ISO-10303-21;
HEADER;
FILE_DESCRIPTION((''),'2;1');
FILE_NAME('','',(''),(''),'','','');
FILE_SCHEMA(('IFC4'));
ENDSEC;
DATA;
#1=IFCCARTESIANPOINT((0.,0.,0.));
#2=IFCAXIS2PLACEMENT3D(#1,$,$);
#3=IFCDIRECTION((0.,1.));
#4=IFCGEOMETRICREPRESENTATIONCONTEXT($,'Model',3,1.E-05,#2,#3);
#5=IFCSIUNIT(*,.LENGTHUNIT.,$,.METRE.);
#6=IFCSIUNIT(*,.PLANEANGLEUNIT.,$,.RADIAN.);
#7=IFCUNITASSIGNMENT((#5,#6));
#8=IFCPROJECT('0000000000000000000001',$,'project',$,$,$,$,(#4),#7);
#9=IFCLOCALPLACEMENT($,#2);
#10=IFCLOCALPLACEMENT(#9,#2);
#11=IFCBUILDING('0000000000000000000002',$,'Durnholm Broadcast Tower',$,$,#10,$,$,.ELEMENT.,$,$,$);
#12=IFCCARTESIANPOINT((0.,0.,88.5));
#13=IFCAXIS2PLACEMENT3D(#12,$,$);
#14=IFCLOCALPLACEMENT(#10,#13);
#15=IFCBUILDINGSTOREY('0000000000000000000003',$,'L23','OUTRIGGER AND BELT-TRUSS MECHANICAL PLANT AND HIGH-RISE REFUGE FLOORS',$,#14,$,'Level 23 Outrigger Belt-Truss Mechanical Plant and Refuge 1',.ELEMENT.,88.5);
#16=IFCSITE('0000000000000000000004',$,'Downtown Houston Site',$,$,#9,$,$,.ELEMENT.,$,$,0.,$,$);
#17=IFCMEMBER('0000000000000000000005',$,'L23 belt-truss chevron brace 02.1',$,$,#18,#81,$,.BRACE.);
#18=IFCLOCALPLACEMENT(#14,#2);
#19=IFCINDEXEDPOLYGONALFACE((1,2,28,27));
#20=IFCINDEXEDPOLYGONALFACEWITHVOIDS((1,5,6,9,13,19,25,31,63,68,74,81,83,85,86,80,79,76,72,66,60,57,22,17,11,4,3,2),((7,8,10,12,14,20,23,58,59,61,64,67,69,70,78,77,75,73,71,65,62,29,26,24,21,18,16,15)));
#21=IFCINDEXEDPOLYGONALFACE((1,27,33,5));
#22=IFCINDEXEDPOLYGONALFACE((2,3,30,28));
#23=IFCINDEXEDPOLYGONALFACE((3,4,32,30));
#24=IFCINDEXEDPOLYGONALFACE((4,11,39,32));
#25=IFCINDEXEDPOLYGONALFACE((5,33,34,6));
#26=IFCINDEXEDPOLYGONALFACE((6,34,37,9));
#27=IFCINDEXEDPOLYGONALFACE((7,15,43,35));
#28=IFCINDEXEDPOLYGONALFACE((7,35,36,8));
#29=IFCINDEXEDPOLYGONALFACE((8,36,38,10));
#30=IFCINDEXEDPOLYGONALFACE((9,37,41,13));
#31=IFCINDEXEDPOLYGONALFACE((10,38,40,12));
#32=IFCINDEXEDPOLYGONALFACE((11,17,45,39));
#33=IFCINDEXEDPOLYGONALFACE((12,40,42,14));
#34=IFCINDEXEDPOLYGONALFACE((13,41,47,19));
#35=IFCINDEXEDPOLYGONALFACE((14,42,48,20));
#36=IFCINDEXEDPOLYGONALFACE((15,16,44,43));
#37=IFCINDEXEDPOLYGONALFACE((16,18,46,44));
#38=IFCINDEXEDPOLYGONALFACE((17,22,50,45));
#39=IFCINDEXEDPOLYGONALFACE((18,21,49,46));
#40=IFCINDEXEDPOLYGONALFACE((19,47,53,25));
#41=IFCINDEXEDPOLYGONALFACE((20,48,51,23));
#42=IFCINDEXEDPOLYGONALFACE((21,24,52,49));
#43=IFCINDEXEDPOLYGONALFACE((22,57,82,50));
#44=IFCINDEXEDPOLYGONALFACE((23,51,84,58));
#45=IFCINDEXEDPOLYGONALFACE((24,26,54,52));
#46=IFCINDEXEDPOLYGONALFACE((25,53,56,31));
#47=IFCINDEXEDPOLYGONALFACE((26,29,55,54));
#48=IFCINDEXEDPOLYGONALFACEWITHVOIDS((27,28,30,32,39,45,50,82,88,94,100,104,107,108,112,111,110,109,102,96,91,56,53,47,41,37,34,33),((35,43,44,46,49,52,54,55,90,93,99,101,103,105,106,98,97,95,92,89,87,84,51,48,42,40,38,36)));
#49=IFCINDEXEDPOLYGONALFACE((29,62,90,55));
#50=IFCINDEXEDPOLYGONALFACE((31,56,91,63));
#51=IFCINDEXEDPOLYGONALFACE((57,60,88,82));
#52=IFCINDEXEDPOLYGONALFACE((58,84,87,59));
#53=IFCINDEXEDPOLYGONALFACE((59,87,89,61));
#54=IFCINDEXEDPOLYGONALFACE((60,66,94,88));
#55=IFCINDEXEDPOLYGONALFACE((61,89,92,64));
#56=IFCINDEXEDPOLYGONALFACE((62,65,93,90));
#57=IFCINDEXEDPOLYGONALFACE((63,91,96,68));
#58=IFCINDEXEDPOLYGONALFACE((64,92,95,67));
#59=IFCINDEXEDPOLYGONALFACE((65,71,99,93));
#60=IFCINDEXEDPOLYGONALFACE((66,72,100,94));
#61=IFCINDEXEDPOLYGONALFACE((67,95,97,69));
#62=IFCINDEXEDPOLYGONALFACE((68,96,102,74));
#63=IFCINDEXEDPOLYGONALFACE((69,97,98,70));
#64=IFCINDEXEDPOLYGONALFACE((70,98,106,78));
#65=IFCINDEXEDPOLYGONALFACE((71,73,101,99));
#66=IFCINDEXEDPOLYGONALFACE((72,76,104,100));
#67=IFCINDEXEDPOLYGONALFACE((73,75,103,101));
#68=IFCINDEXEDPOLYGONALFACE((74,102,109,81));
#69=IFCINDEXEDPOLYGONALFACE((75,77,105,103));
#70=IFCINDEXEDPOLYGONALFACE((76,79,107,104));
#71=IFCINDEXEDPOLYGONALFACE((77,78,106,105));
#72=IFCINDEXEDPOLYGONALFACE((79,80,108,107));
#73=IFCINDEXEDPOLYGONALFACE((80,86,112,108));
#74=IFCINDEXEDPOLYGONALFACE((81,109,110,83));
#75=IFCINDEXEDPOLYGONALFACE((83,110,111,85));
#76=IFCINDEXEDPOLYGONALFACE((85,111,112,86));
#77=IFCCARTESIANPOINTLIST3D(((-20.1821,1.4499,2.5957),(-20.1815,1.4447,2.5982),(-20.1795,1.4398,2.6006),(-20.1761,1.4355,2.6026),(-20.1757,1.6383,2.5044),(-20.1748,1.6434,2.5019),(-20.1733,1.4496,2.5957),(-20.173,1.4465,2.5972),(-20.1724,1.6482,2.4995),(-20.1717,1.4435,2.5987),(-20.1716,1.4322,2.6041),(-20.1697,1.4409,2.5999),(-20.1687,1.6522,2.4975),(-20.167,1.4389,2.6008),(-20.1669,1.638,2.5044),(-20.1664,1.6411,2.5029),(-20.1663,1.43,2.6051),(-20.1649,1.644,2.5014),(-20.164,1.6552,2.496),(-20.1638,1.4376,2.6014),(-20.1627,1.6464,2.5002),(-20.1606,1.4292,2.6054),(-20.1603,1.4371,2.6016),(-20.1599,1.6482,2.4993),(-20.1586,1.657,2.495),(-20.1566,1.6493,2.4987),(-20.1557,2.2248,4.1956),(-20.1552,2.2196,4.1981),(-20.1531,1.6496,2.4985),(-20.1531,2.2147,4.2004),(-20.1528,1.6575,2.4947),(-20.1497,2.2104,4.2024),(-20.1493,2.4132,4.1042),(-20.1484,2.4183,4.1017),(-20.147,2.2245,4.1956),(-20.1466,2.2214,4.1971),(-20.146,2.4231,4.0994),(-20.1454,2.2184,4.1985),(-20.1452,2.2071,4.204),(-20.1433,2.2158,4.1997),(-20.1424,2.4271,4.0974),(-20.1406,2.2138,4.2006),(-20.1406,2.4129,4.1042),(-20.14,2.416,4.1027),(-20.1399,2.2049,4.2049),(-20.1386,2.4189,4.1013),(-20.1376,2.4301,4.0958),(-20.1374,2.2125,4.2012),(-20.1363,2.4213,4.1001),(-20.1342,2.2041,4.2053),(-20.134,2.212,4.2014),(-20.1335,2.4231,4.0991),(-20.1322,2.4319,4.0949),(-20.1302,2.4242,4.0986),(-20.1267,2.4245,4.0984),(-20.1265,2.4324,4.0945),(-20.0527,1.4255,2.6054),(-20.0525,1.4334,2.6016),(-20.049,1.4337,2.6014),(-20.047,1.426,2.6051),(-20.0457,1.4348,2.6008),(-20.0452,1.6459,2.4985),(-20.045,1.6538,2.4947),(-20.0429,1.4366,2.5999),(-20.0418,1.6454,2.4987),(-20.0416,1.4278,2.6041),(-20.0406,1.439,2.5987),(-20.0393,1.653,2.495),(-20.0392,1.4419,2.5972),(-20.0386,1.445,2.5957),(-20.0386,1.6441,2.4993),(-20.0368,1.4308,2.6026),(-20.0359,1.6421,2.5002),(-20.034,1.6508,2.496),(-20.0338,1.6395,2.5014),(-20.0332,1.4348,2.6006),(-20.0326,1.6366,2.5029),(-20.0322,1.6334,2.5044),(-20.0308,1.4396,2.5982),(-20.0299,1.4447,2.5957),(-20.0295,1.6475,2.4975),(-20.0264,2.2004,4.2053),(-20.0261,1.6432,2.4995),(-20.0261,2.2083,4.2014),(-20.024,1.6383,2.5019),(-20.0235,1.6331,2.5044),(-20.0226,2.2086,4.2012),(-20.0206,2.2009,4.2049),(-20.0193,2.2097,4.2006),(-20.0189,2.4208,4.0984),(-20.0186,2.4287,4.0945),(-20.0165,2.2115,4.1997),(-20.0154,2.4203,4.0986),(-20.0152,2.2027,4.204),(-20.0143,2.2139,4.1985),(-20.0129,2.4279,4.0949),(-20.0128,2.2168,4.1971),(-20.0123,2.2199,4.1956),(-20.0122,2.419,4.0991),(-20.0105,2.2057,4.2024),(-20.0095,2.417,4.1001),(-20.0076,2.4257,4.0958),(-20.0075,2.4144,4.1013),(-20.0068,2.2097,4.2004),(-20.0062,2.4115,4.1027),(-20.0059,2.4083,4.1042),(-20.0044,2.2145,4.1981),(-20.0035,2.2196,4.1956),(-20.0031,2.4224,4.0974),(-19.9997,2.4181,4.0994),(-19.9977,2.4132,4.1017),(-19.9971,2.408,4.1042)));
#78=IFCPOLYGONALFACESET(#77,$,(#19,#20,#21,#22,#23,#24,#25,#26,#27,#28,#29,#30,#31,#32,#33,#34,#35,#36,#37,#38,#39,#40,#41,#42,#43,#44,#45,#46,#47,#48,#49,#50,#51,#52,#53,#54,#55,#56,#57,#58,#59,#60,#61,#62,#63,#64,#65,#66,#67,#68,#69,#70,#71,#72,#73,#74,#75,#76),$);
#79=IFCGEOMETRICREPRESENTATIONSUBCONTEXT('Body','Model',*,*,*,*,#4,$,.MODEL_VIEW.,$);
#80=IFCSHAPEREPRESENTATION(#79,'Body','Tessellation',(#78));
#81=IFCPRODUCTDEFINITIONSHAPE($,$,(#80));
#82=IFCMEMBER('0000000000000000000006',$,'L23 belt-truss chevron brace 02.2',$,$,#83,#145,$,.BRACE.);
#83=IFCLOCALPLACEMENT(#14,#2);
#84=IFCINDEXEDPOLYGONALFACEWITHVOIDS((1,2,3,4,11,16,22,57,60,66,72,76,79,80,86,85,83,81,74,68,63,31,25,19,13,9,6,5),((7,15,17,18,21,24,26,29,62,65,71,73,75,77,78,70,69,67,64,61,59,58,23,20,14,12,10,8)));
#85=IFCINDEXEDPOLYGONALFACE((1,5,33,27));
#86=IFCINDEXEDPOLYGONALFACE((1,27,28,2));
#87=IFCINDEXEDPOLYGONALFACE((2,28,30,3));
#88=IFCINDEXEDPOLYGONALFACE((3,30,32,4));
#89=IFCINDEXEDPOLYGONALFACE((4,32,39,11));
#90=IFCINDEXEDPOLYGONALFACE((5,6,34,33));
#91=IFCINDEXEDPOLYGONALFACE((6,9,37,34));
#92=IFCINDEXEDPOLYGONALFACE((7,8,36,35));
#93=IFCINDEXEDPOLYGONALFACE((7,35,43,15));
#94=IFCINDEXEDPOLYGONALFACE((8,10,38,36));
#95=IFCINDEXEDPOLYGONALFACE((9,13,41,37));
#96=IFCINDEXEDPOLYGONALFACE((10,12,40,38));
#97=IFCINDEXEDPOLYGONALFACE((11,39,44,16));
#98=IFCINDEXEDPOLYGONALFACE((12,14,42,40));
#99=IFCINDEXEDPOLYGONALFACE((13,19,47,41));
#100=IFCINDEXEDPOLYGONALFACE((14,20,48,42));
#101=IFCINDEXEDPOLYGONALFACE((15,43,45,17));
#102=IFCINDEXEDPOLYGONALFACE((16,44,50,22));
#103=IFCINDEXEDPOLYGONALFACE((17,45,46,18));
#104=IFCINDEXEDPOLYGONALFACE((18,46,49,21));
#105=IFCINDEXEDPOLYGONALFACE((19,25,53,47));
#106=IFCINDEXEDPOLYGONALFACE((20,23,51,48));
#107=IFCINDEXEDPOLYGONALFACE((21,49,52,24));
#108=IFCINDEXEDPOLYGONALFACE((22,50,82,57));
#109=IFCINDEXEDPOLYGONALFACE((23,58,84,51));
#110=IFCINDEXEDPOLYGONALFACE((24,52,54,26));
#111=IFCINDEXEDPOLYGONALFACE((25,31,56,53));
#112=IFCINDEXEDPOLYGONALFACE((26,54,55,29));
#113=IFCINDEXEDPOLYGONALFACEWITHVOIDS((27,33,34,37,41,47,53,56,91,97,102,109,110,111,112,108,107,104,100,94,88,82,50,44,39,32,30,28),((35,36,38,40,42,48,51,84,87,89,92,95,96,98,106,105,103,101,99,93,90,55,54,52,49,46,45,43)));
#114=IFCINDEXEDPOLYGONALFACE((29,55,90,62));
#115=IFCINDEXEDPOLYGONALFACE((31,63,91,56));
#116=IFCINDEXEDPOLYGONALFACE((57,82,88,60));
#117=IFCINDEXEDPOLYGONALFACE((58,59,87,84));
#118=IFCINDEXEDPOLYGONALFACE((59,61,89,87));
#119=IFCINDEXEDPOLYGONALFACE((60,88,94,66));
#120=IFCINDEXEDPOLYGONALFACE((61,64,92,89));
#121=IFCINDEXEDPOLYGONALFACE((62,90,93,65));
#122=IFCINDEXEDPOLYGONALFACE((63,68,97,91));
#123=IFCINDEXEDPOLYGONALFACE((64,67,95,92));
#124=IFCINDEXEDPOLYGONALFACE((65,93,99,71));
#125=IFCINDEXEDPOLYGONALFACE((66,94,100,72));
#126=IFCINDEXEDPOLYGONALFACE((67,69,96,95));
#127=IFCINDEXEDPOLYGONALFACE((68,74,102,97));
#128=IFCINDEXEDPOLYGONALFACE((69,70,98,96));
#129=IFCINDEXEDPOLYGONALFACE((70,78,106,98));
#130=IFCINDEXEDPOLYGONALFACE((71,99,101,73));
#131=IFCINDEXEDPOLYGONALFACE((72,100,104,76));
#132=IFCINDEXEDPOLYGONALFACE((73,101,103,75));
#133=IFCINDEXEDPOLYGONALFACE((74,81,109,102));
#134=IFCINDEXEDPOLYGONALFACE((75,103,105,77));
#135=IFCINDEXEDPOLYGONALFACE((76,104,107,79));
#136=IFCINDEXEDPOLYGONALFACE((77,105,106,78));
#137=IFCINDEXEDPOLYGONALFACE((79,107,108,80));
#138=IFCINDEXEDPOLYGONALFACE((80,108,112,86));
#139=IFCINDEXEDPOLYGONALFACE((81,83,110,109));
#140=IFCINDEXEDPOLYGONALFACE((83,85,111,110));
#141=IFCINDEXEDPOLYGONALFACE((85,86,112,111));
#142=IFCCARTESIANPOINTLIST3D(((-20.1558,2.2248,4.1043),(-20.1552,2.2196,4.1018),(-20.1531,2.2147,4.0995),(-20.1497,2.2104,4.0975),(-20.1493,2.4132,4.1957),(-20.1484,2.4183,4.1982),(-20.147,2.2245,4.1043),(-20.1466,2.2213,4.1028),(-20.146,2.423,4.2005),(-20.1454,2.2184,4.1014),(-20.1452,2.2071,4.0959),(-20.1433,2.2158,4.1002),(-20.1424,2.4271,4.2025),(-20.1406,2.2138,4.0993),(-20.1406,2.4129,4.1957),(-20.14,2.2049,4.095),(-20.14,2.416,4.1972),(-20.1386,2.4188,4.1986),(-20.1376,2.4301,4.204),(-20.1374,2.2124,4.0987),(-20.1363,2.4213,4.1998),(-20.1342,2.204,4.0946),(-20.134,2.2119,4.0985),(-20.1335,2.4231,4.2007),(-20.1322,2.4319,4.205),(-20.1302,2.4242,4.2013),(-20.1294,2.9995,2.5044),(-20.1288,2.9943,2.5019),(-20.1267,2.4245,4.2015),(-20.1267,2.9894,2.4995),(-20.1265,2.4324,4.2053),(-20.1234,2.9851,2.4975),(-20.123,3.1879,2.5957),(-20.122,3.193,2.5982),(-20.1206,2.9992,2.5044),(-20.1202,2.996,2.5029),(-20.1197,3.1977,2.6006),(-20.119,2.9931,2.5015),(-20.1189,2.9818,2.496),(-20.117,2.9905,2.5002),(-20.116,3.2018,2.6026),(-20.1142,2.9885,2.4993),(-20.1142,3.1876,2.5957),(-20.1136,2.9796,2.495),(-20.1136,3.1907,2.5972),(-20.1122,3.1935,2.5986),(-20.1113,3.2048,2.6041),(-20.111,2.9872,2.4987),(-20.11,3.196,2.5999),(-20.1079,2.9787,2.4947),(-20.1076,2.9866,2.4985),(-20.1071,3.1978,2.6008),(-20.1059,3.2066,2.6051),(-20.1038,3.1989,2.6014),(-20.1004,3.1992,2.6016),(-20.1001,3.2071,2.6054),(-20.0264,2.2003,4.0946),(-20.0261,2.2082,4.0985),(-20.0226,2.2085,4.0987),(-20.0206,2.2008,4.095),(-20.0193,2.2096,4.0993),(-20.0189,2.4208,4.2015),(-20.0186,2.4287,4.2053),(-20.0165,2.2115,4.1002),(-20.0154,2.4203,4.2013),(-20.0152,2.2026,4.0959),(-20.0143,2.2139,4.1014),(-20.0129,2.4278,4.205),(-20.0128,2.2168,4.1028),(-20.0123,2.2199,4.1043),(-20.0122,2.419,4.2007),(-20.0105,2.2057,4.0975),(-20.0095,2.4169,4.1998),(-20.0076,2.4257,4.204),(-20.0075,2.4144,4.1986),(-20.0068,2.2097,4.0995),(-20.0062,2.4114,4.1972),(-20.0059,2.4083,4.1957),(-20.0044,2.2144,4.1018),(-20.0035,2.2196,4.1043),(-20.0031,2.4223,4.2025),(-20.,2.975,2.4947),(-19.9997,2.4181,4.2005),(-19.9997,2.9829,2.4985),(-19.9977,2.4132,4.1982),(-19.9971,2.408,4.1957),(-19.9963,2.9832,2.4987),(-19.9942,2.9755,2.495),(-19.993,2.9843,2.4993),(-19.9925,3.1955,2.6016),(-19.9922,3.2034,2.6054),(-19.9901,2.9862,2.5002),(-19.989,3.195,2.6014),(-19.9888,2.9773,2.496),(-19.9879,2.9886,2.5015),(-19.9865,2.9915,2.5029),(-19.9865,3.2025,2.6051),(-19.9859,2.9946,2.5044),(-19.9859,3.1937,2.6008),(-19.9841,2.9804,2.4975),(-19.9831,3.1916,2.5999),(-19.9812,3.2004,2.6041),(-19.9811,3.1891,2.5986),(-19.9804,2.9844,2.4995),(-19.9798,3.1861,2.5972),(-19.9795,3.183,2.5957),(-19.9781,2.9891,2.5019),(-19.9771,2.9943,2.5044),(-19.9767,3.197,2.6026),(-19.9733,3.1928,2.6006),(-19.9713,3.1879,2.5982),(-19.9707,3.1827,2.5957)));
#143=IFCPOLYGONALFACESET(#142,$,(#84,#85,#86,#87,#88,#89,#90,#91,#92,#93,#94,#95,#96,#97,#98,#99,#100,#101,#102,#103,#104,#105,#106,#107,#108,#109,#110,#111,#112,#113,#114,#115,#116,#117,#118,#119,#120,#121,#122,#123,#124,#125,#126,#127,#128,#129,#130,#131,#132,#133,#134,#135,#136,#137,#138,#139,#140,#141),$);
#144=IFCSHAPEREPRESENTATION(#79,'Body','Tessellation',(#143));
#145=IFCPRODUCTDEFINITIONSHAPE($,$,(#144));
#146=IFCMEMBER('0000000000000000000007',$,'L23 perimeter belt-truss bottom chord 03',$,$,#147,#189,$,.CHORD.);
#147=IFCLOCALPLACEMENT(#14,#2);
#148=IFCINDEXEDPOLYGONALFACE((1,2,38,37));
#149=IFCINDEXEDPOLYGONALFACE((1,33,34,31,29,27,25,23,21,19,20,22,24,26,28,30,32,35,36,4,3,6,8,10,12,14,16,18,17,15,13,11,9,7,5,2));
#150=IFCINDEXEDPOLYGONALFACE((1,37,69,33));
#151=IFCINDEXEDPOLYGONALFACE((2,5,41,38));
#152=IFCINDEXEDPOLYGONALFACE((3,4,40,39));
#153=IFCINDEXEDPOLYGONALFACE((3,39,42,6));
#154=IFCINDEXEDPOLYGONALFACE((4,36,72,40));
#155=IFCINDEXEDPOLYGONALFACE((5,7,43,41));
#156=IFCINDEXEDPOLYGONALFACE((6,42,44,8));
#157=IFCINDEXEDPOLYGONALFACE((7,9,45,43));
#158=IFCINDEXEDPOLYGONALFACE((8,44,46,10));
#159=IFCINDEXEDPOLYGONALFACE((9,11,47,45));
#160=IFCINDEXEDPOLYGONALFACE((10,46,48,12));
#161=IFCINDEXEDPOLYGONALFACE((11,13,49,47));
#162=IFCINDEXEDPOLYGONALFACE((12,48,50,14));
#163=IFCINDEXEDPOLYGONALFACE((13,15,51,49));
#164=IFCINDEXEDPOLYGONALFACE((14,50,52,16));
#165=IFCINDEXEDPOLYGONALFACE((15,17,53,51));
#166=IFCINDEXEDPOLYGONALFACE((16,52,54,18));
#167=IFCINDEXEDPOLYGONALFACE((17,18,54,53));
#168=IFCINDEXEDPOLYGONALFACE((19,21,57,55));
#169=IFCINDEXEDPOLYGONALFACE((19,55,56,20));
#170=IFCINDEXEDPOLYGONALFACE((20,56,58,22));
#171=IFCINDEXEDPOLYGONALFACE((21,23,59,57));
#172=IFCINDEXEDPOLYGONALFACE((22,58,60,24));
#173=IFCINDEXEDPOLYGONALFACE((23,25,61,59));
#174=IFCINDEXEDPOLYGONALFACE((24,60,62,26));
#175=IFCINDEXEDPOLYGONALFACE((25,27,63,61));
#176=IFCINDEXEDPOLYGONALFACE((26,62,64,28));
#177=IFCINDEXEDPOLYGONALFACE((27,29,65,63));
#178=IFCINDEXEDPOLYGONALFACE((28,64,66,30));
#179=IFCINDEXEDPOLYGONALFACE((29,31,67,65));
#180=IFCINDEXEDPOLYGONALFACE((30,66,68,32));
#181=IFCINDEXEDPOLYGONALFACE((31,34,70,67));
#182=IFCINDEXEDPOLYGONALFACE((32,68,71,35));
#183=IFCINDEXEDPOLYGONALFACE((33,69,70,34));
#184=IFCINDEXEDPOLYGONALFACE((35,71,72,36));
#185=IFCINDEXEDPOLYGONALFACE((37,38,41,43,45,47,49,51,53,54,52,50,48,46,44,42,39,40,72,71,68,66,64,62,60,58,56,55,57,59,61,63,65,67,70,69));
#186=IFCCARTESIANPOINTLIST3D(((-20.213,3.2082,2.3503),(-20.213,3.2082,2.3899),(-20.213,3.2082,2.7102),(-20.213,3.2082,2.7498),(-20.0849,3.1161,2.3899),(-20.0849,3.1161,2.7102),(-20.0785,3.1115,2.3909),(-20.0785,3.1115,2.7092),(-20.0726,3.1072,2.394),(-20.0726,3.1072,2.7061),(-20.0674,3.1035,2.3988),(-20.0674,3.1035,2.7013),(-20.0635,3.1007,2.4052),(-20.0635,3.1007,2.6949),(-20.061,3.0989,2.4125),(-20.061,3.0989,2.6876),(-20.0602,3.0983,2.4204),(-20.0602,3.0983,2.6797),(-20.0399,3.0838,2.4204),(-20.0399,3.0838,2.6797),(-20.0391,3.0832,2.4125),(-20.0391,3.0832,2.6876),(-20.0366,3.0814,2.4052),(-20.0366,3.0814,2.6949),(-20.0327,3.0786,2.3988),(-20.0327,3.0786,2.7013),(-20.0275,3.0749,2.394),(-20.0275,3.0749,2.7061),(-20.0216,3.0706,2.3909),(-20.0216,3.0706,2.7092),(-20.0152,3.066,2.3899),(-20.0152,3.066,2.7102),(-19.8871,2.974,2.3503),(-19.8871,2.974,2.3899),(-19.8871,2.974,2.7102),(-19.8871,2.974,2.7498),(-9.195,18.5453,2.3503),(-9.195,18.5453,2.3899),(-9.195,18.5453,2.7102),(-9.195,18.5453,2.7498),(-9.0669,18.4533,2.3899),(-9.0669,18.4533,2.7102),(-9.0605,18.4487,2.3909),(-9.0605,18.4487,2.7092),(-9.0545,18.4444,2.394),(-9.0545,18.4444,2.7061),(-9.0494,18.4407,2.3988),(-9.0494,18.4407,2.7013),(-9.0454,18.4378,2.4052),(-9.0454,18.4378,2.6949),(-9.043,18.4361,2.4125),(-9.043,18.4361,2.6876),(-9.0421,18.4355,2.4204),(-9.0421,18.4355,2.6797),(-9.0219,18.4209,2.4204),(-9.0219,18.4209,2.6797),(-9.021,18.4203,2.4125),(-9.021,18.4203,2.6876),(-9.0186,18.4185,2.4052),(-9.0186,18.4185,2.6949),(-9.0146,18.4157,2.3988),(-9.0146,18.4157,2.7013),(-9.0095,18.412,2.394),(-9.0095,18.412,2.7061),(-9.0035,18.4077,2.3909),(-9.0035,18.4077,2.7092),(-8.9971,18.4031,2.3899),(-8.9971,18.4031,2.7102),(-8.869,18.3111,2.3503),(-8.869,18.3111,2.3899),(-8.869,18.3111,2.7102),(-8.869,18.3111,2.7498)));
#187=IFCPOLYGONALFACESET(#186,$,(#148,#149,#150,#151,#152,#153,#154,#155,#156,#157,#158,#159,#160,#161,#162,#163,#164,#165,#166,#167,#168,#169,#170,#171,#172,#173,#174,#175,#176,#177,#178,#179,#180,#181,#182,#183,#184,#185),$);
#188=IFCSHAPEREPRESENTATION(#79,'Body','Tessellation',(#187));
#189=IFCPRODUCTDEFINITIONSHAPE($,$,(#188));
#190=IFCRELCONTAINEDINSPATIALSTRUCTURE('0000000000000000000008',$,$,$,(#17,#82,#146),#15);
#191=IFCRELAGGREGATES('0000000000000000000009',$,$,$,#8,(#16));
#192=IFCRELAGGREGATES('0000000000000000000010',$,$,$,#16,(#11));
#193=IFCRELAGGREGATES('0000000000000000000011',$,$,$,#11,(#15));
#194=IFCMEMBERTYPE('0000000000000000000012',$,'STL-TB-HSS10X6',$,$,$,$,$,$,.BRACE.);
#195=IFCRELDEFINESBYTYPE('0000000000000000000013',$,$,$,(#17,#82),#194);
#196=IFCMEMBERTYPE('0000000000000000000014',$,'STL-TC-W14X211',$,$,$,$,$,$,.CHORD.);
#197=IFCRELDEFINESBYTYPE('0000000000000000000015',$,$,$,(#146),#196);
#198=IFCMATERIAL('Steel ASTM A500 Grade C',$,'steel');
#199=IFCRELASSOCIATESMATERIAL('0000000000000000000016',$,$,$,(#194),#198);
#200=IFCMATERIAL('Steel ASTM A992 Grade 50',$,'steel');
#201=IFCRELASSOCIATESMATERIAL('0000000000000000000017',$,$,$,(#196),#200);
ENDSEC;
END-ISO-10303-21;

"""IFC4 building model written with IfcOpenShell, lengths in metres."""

from ifc_helpers import new_model, si_unit, direction, frame, origin, origin_2d, place, context, subcontext, project, spatial, hollow_rectangle, i_section, extrude, source, transform, mapped, material, material_profile, profile_set, type_object, type_shapes, element, save


model = new_model("IFC4")

# Units and contexts
model_context = context("Model", 3, precision=1e-05, world=origin(), true_north=direction((0.0, 1.0)))
body_context = subcontext(model_context, "Body", "Model", "MODEL_VIEW")
ifc_project = project(units=[si_unit("LENGTHUNIT", "METRE"), si_unit("PLANEANGLEUNIT", "RADIAN")], contexts=[model_context])

# Site, building, storey
site_placement = place(None, origin())
site = spatial("IfcSite", under=ifc_project, at=site_placement, Name="Downtown Houston Site", CompositionType="ELEMENT", RefElevation=0.0)
building_placement = place(site_placement, origin())
building = spatial("IfcBuilding", under=site, at=building_placement, Name="Durnholm Broadcast Tower", CompositionType="ELEMENT")
storey_placement = place(building_placement, frame((0.0, 0.0, 88.5)))
storey = spatial("IfcBuildingStorey", under=building, at=storey_placement, Name="L23", Description="OUTRIGGER AND BELT-TRUSS MECHANICAL PLANT AND HIGH-RISE REFUGE FLOORS", LongName="Level 23 Outrigger Belt-Truss Mechanical Plant and Refuge 1", CompositionType="ELEMENT", Elevation=88.5)

# Shared definitions
ifc_material_1 = material(Name="Steel ASTM A992 Grade 50", Category="steel")

# Members
ifc_material_2 = material(Name="Steel ASTM A500 Grade C", Category="steel")
ifc_material_profile_1 = material_profile(ifc_material_2, hollow_rectangle(XDim=0.1523, YDim=0.2539, WallThickness=0.0088, InnerFilletRadius=0.0134, OuterFilletRadius=0.0222, at=origin_2d()), Name="HSS10X6X3/8")
ifc_profile_set_1 = profile_set([ifc_material_profile_1], Name="Steel ASTM A500 Grade C")
member_type_1 = type_object("IfcMemberType", Name="STL-TB-HSS10X6", PredefinedType="BRACE", material=ifc_profile_set_1)
shared_shape_1 = source(origin(), body_context, "Body", "SweptSolid", [
    extrude(hollow_rectangle(XDim=0.1523, YDim=0.2539, WallThickness=0.0088, InnerFilletRadius=0.0134, OuterFilletRadius=0.0222, at=origin_2d()), origin(), (0.0, 0.0, 1.0), 1.7778),
])
type_shapes(member_type_1, [shared_shape_1])
for number, where, z_axis, x_axis, name in (
    (1, (-20.1028, 1.5415, 2.55), (0.014831, 0.435868, 0.899888), (-0.999422, 0.034007, 0.0), "L23 belt-truss chevron brace 02.1"),
    (2, (-20.05, 3.0911, 2.55), (-0.014832, -0.435757, 0.899942), (0.999421, -0.034017, 0.0), "L23 belt-truss chevron brace 02.2"),
):
    element("IfcMember", number, at=place(storey_placement, frame(where, z_axis=z_axis, x_axis=x_axis)), inside=storey, type_object=member_type_1, Name=name, PredefinedType="BRACE", context=body_context, shape_type="MappedRepresentation", body=[
        mapped(shared_shape_1, transform((0.0, 0.0, 0.0), x_axis=(1.0, 0.0, 0.0), y_axis=(0.0, 1.0, 0.0), z_axis=(0.0, 0.0, 1.0), scale=1.0)),
    ])
ifc_material_profile_2 = material_profile(ifc_material_1, i_section(OverallWidth=0.4014, OverallDepth=0.3994, WebThickness=0.0249, FlangeThickness=0.0396, FilletRadius=0.0305, at=origin_2d()), Name="W14X211")
ifc_profile_set_2 = profile_set([ifc_material_profile_2], Name="Steel ASTM A992 Grade 50")
member_type_2 = type_object("IfcMemberType", Name="STL-TC-W14X211", PredefinedType="CHORD", material=ifc_profile_set_2)
shared_shape_2 = source(origin(), body_context, "Body", "SweptSolid", [
    extrude(i_section(OverallWidth=0.4014, OverallDepth=0.3994, WebThickness=0.0249, FlangeThickness=0.0396, FilletRadius=0.0305, at=origin_2d()), origin(), (0.0, 0.0, 1.0), 18.8845),
])
type_shapes(member_type_2, [shared_shape_2])
member_1_placement = place(storey_placement, frame((-20.05, 3.0911, 2.55), z_axis=(0.583443, 0.812154, 0.0), x_axis=(-0.812154, 0.583443, 0.0)))
element("IfcMember", 3, at=member_1_placement, inside=storey, type_object=member_type_2, Name="L23 perimeter belt-truss bottom chord 03", PredefinedType="CHORD", context=body_context, shape_type="MappedRepresentation", body=[
    mapped(shared_shape_2, transform((0.0, 0.0, 0.0), x_axis=(1.0, 0.0, 0.0), y_axis=(0.0, 1.0, 0.0), z_axis=(0.0, 0.0, 1.0), scale=1.0)),
])

save(model, "model.ifc")
